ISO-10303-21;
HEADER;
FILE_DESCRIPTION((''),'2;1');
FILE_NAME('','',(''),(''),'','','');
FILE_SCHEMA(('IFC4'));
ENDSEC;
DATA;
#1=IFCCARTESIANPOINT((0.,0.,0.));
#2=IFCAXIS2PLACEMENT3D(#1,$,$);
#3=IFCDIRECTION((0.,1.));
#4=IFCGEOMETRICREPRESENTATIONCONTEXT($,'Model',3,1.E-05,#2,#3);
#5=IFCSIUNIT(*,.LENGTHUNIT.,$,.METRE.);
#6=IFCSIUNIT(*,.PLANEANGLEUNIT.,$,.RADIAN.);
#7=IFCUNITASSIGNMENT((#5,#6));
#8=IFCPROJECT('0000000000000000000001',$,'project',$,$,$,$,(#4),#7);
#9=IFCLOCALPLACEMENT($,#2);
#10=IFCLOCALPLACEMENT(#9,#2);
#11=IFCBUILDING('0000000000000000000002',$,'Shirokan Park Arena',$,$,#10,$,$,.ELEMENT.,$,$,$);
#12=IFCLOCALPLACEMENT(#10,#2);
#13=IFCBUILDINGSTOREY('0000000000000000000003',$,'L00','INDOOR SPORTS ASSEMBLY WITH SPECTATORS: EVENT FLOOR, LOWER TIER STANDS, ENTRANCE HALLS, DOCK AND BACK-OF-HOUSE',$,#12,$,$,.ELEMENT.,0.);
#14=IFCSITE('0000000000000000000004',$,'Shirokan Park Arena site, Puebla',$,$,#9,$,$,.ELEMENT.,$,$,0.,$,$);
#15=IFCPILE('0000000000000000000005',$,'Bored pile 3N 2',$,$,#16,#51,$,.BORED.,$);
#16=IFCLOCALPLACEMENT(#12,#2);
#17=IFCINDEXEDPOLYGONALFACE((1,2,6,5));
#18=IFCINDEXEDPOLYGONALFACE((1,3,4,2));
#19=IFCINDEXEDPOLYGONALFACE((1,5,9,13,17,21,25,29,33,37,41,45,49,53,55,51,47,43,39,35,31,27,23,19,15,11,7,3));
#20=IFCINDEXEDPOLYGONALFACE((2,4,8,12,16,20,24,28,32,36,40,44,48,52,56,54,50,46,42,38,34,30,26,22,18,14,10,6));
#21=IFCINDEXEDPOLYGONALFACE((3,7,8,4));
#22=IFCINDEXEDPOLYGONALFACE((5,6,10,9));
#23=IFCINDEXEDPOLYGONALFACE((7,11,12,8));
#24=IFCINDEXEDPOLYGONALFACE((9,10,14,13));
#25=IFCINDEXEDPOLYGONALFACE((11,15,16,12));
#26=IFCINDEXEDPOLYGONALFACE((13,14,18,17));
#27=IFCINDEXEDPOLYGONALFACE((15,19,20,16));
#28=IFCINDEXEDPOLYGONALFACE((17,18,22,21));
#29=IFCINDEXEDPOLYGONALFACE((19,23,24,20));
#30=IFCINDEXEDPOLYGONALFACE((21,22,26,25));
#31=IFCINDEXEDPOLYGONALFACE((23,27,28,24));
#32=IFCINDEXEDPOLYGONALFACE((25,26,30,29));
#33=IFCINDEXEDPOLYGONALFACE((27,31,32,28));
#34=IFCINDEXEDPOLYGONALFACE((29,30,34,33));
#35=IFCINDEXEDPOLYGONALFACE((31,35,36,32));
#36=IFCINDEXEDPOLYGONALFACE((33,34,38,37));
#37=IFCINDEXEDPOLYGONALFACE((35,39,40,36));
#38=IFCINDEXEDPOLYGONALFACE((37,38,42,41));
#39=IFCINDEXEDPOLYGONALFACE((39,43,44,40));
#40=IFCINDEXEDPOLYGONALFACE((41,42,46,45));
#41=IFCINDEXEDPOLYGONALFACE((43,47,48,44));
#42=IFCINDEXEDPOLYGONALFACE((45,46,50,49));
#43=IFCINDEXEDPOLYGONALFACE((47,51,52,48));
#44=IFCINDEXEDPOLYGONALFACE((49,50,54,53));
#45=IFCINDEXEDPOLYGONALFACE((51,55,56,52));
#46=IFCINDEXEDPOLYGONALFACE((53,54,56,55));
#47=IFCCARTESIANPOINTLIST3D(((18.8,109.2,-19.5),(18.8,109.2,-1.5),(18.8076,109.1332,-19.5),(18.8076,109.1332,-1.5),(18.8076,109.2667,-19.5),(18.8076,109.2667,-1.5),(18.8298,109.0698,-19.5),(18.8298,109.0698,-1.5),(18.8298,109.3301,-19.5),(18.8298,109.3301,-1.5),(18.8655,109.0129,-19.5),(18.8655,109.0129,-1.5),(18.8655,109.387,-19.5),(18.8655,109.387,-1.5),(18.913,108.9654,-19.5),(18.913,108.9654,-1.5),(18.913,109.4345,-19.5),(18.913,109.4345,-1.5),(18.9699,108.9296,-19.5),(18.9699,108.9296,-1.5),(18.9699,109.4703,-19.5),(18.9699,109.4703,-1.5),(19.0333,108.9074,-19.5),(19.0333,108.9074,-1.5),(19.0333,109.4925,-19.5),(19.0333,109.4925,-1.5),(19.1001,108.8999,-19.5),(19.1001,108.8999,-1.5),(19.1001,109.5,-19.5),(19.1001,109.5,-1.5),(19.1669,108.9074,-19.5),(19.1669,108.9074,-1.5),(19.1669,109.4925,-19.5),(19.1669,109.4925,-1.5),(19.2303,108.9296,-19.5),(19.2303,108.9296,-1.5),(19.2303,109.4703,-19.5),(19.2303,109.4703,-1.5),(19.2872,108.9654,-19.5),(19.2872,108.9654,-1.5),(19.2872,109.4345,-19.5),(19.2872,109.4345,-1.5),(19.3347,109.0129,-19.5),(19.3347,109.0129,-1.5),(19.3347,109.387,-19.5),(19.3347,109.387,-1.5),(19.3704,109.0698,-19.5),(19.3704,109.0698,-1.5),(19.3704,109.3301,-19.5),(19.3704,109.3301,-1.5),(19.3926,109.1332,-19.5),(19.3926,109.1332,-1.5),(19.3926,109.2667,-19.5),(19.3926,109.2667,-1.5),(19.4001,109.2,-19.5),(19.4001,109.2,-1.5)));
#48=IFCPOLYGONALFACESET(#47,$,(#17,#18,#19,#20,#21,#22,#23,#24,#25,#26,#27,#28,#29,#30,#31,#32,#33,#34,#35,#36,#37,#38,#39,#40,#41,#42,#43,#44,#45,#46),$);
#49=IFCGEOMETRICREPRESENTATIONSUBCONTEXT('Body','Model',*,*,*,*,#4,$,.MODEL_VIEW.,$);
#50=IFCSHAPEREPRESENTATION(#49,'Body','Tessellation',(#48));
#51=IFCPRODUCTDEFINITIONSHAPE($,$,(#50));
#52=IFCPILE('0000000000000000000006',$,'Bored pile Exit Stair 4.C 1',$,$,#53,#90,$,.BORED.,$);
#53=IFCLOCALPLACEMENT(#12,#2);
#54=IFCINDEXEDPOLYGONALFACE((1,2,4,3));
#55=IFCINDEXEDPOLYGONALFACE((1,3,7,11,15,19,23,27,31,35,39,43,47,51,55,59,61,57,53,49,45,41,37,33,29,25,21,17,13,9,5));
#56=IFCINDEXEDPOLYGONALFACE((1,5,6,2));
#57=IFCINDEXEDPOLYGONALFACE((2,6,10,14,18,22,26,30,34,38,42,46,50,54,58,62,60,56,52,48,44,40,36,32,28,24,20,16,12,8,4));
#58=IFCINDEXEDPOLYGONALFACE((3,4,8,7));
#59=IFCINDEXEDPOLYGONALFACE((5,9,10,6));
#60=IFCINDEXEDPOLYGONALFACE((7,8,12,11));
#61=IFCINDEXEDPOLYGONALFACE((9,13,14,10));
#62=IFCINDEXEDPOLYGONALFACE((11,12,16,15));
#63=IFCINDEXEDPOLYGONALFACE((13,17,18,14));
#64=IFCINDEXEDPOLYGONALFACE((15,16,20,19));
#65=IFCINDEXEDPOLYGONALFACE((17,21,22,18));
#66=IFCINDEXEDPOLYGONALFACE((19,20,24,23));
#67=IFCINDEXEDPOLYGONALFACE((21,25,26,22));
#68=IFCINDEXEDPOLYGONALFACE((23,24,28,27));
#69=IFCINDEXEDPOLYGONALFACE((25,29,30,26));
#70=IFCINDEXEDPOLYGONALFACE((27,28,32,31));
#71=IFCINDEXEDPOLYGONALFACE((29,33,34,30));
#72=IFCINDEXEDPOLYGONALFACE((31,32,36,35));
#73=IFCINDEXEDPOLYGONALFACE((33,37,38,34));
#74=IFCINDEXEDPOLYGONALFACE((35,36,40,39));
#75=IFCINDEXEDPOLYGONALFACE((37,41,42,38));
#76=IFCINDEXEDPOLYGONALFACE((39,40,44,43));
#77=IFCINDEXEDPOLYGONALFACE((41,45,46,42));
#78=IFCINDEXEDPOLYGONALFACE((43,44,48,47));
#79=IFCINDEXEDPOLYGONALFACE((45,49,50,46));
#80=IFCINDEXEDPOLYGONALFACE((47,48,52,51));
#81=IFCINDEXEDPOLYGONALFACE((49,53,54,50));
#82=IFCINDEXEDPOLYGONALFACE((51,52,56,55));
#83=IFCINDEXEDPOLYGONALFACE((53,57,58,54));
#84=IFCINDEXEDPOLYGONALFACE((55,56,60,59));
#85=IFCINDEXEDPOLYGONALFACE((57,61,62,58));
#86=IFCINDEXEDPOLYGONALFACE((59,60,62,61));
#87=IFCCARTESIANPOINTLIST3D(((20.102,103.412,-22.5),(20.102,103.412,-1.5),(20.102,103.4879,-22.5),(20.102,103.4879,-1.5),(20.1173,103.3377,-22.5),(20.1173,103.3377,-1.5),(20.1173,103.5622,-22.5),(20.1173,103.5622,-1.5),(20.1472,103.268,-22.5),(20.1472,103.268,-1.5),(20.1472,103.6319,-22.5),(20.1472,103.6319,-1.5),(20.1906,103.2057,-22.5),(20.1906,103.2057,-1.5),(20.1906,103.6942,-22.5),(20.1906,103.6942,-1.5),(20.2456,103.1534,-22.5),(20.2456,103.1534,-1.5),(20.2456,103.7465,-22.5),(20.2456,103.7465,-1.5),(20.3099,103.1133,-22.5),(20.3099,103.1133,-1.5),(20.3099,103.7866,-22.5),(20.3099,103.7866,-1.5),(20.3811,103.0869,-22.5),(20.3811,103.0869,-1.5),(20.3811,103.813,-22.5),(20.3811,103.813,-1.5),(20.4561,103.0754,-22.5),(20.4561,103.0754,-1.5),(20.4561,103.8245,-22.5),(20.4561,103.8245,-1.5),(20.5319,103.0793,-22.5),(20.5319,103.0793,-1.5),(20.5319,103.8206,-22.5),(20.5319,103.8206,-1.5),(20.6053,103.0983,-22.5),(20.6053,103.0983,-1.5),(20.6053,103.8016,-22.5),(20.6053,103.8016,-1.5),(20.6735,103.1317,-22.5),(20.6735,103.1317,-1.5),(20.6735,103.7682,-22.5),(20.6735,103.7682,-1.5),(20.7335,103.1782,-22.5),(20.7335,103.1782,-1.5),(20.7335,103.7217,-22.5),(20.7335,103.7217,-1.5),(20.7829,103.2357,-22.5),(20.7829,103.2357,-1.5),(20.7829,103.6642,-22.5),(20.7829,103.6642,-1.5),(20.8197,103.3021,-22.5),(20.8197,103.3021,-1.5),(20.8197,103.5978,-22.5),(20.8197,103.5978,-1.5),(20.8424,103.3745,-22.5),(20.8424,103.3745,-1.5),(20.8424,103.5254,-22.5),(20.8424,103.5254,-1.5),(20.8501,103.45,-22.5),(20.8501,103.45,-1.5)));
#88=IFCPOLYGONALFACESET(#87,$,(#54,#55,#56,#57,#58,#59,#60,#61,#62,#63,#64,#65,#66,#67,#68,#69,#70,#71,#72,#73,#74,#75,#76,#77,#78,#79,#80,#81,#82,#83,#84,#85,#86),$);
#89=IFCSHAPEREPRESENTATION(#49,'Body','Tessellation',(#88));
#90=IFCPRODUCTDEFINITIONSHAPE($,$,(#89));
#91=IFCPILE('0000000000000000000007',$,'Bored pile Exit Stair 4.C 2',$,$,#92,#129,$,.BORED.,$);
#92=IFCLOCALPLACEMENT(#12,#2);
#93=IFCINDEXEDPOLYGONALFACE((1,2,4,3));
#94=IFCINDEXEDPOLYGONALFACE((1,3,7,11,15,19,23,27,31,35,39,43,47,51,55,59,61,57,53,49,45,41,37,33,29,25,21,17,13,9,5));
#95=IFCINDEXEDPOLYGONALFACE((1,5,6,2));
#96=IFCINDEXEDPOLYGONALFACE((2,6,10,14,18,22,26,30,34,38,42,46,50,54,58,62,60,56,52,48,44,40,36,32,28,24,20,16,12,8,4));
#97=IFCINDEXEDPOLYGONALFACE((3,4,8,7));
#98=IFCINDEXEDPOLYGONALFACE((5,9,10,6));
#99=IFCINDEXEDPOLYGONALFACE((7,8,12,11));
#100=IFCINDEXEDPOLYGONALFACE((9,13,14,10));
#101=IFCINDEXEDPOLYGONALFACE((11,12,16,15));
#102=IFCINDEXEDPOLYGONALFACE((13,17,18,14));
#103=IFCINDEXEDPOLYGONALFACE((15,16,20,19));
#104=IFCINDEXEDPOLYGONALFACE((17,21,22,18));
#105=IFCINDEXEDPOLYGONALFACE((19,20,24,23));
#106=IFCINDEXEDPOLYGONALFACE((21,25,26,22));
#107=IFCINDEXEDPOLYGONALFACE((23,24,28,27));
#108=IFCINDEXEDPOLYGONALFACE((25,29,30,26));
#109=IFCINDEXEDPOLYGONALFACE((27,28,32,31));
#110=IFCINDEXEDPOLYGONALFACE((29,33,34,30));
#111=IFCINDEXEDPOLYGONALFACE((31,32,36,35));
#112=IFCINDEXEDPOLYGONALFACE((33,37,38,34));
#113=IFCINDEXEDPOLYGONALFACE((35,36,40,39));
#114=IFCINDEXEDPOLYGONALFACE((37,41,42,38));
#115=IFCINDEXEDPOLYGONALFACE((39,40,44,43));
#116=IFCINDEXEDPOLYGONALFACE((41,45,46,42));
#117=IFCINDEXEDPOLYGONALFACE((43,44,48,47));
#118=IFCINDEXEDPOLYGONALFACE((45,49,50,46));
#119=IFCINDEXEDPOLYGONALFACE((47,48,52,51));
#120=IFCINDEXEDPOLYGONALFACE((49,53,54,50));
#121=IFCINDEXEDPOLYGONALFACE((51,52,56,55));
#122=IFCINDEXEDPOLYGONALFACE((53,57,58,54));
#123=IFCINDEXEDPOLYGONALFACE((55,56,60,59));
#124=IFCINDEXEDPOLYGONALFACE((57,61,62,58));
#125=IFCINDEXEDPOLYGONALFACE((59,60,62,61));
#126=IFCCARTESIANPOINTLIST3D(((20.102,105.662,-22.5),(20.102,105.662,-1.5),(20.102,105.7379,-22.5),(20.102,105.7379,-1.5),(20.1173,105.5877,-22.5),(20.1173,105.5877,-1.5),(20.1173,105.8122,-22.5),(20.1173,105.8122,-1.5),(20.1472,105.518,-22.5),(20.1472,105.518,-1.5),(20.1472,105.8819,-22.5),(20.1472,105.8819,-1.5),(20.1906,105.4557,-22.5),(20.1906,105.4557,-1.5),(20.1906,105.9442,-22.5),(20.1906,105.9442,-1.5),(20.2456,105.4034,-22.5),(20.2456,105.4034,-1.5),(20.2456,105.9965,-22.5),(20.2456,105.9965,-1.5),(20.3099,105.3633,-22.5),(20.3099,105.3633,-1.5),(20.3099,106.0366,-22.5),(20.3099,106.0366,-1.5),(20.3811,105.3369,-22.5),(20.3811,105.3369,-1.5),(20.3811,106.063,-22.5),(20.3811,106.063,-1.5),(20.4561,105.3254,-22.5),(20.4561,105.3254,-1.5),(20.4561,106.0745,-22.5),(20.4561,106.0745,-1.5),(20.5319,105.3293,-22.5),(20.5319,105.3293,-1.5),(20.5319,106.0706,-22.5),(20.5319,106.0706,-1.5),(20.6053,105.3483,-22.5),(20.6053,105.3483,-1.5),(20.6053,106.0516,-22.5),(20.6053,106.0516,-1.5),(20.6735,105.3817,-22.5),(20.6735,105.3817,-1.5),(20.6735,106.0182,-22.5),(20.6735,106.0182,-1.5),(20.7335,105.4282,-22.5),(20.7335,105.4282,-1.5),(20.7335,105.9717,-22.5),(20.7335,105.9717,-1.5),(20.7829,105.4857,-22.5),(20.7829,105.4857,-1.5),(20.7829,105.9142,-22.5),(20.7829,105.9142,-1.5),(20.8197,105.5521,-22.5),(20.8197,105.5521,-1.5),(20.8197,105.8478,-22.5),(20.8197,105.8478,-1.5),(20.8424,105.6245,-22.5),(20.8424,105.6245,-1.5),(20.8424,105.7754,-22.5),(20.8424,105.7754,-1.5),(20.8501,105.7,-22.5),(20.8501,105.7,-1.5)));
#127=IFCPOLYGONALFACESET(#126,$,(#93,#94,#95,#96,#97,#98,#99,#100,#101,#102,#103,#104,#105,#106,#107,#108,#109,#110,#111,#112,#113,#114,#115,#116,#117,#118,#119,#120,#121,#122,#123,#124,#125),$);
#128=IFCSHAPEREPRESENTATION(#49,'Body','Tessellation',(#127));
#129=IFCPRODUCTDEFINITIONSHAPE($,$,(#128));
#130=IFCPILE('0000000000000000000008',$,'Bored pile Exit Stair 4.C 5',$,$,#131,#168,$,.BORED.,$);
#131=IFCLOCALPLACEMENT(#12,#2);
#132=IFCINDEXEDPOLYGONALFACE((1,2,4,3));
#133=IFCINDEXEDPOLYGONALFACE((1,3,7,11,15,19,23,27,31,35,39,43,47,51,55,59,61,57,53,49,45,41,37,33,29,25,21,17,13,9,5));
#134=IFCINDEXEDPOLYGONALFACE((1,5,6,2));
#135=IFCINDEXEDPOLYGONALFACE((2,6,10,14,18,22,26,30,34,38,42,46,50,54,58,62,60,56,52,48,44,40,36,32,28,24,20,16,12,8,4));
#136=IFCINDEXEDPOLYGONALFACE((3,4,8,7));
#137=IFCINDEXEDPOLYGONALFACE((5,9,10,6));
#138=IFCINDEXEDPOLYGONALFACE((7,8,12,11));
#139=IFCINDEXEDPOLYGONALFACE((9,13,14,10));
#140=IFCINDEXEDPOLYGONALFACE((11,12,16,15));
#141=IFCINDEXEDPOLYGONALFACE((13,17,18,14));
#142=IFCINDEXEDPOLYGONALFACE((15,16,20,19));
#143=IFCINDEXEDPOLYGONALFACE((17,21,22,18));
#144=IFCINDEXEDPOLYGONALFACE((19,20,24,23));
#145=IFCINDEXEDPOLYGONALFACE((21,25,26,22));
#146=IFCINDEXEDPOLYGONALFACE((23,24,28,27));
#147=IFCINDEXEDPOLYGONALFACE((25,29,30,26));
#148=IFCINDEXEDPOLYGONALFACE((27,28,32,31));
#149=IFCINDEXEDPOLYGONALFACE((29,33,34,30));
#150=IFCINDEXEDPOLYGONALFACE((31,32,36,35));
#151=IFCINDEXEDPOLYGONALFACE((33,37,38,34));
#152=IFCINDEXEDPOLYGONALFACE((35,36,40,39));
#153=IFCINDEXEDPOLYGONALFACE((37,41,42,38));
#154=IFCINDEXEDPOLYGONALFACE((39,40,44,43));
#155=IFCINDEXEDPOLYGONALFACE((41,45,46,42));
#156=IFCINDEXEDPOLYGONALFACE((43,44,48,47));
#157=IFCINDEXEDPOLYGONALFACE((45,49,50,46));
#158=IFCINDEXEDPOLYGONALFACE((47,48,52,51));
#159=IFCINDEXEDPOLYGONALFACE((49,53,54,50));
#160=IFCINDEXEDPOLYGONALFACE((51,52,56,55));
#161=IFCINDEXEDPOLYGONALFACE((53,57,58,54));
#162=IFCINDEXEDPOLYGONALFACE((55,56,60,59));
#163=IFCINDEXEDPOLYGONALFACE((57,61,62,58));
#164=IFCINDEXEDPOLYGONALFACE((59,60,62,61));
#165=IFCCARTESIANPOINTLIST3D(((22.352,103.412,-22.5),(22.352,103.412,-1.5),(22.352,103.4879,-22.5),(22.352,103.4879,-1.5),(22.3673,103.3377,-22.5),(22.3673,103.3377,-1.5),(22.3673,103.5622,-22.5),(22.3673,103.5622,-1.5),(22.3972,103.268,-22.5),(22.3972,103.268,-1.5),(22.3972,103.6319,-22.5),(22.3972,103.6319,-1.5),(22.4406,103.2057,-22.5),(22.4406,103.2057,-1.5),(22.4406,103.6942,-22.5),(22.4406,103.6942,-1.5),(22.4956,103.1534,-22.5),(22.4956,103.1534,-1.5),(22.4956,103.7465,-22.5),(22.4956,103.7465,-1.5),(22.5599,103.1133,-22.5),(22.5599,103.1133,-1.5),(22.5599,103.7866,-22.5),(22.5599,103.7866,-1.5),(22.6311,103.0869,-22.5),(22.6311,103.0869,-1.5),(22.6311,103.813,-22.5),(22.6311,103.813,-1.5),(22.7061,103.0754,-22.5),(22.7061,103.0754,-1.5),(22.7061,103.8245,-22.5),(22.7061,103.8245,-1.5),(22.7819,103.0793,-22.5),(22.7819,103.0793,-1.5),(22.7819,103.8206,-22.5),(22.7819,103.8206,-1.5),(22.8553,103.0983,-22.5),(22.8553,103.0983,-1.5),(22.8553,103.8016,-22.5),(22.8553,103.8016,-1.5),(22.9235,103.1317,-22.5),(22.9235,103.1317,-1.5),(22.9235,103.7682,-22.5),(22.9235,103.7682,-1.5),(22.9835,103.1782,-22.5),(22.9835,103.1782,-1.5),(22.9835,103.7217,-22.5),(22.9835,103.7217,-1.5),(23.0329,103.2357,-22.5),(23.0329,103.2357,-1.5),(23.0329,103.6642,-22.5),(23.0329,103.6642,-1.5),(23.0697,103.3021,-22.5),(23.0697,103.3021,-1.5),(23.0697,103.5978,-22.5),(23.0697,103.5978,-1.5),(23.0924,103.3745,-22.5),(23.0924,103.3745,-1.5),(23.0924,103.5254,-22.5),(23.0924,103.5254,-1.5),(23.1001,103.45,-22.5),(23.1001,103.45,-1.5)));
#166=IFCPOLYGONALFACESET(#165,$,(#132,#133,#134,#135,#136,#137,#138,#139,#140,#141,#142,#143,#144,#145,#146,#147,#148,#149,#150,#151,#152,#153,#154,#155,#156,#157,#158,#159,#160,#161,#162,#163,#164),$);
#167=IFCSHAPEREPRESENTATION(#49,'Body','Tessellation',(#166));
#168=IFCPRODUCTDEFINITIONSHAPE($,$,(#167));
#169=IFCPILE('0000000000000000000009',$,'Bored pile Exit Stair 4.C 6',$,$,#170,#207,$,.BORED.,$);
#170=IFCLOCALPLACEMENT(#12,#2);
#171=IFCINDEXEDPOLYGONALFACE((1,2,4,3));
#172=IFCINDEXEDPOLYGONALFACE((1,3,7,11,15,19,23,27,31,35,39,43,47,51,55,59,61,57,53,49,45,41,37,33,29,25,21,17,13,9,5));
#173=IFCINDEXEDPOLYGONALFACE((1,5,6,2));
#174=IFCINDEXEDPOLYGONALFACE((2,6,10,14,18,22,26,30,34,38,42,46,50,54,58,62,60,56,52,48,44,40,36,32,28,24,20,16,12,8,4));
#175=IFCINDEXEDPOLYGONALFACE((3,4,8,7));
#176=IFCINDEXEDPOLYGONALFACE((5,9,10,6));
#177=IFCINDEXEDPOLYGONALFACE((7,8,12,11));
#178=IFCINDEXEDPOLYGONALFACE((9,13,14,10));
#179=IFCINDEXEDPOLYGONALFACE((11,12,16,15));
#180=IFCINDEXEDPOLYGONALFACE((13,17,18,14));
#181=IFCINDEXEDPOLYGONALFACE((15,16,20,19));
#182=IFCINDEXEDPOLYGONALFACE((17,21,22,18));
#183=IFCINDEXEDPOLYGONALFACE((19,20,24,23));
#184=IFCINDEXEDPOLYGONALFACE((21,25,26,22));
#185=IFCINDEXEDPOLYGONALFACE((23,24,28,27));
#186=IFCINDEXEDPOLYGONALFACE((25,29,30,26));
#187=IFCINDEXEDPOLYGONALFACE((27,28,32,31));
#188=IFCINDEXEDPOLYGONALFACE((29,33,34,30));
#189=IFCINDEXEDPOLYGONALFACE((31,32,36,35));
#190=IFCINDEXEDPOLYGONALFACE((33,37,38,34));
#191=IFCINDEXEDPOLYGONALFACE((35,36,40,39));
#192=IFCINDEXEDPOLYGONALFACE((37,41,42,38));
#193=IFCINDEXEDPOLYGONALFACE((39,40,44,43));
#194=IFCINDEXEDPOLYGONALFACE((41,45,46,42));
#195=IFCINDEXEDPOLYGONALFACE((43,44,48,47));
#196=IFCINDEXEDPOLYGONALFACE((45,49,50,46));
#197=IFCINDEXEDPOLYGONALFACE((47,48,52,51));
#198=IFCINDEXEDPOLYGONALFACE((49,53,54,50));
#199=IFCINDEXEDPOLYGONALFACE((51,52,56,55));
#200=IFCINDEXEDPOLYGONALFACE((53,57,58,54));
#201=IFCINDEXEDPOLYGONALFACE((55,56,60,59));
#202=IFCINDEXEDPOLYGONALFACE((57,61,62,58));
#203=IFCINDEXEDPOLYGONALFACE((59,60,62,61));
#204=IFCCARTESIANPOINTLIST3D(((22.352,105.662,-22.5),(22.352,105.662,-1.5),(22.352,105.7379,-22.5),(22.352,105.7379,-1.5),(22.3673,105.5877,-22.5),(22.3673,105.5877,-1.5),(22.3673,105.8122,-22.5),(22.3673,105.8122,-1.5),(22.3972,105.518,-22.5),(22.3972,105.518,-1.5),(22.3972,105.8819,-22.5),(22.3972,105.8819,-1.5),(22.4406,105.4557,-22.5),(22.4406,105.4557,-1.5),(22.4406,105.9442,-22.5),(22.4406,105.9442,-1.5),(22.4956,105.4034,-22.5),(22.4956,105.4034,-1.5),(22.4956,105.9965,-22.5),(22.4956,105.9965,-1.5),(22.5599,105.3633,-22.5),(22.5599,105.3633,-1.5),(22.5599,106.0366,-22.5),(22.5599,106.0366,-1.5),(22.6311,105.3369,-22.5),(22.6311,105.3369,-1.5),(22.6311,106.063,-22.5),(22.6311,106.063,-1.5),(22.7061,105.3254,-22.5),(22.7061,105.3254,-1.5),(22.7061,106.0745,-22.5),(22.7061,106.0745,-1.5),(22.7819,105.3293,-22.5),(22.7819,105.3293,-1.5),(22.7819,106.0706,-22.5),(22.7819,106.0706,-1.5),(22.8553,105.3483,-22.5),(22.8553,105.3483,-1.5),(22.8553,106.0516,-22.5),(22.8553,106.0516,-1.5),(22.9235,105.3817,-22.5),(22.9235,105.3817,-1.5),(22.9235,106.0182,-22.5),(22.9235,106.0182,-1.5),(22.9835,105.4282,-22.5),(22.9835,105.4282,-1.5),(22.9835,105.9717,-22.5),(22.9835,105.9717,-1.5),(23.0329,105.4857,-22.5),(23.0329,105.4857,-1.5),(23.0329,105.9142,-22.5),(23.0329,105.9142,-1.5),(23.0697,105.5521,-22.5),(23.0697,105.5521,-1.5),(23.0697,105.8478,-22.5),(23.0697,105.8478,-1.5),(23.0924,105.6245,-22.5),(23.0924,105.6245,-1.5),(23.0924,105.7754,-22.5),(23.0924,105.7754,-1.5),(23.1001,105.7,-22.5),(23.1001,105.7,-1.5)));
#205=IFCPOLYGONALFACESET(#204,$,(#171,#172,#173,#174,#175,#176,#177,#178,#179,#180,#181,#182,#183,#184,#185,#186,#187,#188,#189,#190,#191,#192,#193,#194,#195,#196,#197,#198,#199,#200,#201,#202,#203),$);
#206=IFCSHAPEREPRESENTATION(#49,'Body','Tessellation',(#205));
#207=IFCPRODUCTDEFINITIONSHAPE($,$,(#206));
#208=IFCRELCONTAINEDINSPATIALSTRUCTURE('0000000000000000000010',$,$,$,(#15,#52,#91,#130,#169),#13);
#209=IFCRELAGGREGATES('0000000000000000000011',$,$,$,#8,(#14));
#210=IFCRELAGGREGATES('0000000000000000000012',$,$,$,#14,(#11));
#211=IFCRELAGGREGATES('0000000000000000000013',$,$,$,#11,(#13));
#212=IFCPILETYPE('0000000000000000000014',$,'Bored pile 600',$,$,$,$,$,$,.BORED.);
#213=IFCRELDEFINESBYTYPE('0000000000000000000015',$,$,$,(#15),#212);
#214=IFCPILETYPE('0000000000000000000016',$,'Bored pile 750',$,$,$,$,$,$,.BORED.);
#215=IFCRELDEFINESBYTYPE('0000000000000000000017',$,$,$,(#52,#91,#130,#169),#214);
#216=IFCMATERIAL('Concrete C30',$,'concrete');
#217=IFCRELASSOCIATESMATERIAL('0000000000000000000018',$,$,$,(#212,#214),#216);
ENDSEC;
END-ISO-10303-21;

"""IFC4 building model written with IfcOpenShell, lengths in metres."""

from ifc_helpers import new_model, si_unit, direction, frame, origin, origin_2d, place, context, subcontext, project, spatial, circle, extrude, material, material_profile, profile_set, type_object, element, save


model = new_model("IFC4")

# Units and contexts
model_context = context("Model", 3, precision=1e-05, world=origin(), true_north=direction((0.0, 1.0)))
body_context = subcontext(model_context, "Body", "Model", "MODEL_VIEW")
ifc_project = project(units=[si_unit("LENGTHUNIT", "METRE"), si_unit("PLANEANGLEUNIT", "RADIAN")], contexts=[model_context])

# Site, building, storey
site_placement = place(None, origin())
site = spatial("IfcSite", under=ifc_project, at=site_placement, Name="Shirokan Park Arena site, Puebla", CompositionType="ELEMENT", RefElevation=0.0)
building_placement = place(site_placement, origin())
building = spatial("IfcBuilding", under=site, at=building_placement, Name="Shirokan Park Arena", CompositionType="ELEMENT")
storey_placement = place(building_placement, origin())
storey = spatial("IfcBuildingStorey", under=building, at=storey_placement, Name="L00", Description="INDOOR SPORTS ASSEMBLY WITH SPECTATORS: EVENT FLOOR, LOWER TIER STANDS, ENTRANCE HALLS, DOCK AND BACK-OF-HOUSE", CompositionType="ELEMENT", Elevation=0.0)

# Piles
ifc_material_1 = material(Name="Concrete C30", Category="concrete")
ifc_material_profile_1 = material_profile(ifc_material_1, circle(Radius=0.3, at=origin_2d()), Name="D600")
ifc_profile_set_1 = profile_set([ifc_material_profile_1], Name="Concrete C30")
pile_type_1 = type_object("IfcPileType", Name="Bored pile 600", PredefinedType="BORED", material=ifc_profile_set_1)
pile_placement = place(storey_placement, frame((19.1001, 109.2, -1.5), z_axis=(0.0, 0.0, -1.0), x_axis=(1.0, 0.0, 0.0)))
element("IfcPile", 1, at=pile_placement, inside=storey, type_object=pile_type_1, Name="Bored pile 3N 2", PredefinedType="BORED", context=body_context, shape_type="SweptSolid", body=[
    extrude(circle(Radius=0.3, at=origin_2d()), origin(), (0.0, 0.0, 1.0), 18.0),
])
ifc_material_profile_2 = material_profile(ifc_material_1, circle(Radius=0.375, at=origin_2d()), Name="D750")
ifc_profile_set_2 = profile_set([ifc_material_profile_2], Name="Concrete C30")
pile_type_2 = type_object("IfcPileType", Name="Bored pile 750", PredefinedType="BORED", material=ifc_profile_set_2)
for number, where, z_axis, x_axis, name in (
    (2, (20.4751, 103.45, -1.5), (0.0, 0.0, -1.0), (1.0, 0.0, 0.0), "Bored pile Exit Stair 4.C 1"),
    (3, (20.4751, 105.7, -1.5), (0.0, 0.0, -1.0), (1.0, 0.0, 0.0), "Bored pile Exit Stair 4.C 2"),
    (4, (22.7251, 103.45, -1.5), (0.0, 0.0, -1.0), (1.0, 0.0, 0.0), "Bored pile Exit Stair 4.C 5"),
    (5, (22.7251, 105.7, -1.5), (0.0, 0.0, -1.0), (1.0, 0.0, 0.0), "Bored pile Exit Stair 4.C 6"),
):
    element("IfcPile", number, at=place(storey_placement, frame(where, z_axis=z_axis, x_axis=x_axis)), inside=storey, type_object=pile_type_2, Name=name, PredefinedType="BORED", context=body_context, shape_type="SweptSolid", body=[
        extrude(circle(Radius=0.375, at=origin_2d()), origin(), (0.0, 0.0, 1.0), 21.0),
    ])

save(model, "model.ifc")
